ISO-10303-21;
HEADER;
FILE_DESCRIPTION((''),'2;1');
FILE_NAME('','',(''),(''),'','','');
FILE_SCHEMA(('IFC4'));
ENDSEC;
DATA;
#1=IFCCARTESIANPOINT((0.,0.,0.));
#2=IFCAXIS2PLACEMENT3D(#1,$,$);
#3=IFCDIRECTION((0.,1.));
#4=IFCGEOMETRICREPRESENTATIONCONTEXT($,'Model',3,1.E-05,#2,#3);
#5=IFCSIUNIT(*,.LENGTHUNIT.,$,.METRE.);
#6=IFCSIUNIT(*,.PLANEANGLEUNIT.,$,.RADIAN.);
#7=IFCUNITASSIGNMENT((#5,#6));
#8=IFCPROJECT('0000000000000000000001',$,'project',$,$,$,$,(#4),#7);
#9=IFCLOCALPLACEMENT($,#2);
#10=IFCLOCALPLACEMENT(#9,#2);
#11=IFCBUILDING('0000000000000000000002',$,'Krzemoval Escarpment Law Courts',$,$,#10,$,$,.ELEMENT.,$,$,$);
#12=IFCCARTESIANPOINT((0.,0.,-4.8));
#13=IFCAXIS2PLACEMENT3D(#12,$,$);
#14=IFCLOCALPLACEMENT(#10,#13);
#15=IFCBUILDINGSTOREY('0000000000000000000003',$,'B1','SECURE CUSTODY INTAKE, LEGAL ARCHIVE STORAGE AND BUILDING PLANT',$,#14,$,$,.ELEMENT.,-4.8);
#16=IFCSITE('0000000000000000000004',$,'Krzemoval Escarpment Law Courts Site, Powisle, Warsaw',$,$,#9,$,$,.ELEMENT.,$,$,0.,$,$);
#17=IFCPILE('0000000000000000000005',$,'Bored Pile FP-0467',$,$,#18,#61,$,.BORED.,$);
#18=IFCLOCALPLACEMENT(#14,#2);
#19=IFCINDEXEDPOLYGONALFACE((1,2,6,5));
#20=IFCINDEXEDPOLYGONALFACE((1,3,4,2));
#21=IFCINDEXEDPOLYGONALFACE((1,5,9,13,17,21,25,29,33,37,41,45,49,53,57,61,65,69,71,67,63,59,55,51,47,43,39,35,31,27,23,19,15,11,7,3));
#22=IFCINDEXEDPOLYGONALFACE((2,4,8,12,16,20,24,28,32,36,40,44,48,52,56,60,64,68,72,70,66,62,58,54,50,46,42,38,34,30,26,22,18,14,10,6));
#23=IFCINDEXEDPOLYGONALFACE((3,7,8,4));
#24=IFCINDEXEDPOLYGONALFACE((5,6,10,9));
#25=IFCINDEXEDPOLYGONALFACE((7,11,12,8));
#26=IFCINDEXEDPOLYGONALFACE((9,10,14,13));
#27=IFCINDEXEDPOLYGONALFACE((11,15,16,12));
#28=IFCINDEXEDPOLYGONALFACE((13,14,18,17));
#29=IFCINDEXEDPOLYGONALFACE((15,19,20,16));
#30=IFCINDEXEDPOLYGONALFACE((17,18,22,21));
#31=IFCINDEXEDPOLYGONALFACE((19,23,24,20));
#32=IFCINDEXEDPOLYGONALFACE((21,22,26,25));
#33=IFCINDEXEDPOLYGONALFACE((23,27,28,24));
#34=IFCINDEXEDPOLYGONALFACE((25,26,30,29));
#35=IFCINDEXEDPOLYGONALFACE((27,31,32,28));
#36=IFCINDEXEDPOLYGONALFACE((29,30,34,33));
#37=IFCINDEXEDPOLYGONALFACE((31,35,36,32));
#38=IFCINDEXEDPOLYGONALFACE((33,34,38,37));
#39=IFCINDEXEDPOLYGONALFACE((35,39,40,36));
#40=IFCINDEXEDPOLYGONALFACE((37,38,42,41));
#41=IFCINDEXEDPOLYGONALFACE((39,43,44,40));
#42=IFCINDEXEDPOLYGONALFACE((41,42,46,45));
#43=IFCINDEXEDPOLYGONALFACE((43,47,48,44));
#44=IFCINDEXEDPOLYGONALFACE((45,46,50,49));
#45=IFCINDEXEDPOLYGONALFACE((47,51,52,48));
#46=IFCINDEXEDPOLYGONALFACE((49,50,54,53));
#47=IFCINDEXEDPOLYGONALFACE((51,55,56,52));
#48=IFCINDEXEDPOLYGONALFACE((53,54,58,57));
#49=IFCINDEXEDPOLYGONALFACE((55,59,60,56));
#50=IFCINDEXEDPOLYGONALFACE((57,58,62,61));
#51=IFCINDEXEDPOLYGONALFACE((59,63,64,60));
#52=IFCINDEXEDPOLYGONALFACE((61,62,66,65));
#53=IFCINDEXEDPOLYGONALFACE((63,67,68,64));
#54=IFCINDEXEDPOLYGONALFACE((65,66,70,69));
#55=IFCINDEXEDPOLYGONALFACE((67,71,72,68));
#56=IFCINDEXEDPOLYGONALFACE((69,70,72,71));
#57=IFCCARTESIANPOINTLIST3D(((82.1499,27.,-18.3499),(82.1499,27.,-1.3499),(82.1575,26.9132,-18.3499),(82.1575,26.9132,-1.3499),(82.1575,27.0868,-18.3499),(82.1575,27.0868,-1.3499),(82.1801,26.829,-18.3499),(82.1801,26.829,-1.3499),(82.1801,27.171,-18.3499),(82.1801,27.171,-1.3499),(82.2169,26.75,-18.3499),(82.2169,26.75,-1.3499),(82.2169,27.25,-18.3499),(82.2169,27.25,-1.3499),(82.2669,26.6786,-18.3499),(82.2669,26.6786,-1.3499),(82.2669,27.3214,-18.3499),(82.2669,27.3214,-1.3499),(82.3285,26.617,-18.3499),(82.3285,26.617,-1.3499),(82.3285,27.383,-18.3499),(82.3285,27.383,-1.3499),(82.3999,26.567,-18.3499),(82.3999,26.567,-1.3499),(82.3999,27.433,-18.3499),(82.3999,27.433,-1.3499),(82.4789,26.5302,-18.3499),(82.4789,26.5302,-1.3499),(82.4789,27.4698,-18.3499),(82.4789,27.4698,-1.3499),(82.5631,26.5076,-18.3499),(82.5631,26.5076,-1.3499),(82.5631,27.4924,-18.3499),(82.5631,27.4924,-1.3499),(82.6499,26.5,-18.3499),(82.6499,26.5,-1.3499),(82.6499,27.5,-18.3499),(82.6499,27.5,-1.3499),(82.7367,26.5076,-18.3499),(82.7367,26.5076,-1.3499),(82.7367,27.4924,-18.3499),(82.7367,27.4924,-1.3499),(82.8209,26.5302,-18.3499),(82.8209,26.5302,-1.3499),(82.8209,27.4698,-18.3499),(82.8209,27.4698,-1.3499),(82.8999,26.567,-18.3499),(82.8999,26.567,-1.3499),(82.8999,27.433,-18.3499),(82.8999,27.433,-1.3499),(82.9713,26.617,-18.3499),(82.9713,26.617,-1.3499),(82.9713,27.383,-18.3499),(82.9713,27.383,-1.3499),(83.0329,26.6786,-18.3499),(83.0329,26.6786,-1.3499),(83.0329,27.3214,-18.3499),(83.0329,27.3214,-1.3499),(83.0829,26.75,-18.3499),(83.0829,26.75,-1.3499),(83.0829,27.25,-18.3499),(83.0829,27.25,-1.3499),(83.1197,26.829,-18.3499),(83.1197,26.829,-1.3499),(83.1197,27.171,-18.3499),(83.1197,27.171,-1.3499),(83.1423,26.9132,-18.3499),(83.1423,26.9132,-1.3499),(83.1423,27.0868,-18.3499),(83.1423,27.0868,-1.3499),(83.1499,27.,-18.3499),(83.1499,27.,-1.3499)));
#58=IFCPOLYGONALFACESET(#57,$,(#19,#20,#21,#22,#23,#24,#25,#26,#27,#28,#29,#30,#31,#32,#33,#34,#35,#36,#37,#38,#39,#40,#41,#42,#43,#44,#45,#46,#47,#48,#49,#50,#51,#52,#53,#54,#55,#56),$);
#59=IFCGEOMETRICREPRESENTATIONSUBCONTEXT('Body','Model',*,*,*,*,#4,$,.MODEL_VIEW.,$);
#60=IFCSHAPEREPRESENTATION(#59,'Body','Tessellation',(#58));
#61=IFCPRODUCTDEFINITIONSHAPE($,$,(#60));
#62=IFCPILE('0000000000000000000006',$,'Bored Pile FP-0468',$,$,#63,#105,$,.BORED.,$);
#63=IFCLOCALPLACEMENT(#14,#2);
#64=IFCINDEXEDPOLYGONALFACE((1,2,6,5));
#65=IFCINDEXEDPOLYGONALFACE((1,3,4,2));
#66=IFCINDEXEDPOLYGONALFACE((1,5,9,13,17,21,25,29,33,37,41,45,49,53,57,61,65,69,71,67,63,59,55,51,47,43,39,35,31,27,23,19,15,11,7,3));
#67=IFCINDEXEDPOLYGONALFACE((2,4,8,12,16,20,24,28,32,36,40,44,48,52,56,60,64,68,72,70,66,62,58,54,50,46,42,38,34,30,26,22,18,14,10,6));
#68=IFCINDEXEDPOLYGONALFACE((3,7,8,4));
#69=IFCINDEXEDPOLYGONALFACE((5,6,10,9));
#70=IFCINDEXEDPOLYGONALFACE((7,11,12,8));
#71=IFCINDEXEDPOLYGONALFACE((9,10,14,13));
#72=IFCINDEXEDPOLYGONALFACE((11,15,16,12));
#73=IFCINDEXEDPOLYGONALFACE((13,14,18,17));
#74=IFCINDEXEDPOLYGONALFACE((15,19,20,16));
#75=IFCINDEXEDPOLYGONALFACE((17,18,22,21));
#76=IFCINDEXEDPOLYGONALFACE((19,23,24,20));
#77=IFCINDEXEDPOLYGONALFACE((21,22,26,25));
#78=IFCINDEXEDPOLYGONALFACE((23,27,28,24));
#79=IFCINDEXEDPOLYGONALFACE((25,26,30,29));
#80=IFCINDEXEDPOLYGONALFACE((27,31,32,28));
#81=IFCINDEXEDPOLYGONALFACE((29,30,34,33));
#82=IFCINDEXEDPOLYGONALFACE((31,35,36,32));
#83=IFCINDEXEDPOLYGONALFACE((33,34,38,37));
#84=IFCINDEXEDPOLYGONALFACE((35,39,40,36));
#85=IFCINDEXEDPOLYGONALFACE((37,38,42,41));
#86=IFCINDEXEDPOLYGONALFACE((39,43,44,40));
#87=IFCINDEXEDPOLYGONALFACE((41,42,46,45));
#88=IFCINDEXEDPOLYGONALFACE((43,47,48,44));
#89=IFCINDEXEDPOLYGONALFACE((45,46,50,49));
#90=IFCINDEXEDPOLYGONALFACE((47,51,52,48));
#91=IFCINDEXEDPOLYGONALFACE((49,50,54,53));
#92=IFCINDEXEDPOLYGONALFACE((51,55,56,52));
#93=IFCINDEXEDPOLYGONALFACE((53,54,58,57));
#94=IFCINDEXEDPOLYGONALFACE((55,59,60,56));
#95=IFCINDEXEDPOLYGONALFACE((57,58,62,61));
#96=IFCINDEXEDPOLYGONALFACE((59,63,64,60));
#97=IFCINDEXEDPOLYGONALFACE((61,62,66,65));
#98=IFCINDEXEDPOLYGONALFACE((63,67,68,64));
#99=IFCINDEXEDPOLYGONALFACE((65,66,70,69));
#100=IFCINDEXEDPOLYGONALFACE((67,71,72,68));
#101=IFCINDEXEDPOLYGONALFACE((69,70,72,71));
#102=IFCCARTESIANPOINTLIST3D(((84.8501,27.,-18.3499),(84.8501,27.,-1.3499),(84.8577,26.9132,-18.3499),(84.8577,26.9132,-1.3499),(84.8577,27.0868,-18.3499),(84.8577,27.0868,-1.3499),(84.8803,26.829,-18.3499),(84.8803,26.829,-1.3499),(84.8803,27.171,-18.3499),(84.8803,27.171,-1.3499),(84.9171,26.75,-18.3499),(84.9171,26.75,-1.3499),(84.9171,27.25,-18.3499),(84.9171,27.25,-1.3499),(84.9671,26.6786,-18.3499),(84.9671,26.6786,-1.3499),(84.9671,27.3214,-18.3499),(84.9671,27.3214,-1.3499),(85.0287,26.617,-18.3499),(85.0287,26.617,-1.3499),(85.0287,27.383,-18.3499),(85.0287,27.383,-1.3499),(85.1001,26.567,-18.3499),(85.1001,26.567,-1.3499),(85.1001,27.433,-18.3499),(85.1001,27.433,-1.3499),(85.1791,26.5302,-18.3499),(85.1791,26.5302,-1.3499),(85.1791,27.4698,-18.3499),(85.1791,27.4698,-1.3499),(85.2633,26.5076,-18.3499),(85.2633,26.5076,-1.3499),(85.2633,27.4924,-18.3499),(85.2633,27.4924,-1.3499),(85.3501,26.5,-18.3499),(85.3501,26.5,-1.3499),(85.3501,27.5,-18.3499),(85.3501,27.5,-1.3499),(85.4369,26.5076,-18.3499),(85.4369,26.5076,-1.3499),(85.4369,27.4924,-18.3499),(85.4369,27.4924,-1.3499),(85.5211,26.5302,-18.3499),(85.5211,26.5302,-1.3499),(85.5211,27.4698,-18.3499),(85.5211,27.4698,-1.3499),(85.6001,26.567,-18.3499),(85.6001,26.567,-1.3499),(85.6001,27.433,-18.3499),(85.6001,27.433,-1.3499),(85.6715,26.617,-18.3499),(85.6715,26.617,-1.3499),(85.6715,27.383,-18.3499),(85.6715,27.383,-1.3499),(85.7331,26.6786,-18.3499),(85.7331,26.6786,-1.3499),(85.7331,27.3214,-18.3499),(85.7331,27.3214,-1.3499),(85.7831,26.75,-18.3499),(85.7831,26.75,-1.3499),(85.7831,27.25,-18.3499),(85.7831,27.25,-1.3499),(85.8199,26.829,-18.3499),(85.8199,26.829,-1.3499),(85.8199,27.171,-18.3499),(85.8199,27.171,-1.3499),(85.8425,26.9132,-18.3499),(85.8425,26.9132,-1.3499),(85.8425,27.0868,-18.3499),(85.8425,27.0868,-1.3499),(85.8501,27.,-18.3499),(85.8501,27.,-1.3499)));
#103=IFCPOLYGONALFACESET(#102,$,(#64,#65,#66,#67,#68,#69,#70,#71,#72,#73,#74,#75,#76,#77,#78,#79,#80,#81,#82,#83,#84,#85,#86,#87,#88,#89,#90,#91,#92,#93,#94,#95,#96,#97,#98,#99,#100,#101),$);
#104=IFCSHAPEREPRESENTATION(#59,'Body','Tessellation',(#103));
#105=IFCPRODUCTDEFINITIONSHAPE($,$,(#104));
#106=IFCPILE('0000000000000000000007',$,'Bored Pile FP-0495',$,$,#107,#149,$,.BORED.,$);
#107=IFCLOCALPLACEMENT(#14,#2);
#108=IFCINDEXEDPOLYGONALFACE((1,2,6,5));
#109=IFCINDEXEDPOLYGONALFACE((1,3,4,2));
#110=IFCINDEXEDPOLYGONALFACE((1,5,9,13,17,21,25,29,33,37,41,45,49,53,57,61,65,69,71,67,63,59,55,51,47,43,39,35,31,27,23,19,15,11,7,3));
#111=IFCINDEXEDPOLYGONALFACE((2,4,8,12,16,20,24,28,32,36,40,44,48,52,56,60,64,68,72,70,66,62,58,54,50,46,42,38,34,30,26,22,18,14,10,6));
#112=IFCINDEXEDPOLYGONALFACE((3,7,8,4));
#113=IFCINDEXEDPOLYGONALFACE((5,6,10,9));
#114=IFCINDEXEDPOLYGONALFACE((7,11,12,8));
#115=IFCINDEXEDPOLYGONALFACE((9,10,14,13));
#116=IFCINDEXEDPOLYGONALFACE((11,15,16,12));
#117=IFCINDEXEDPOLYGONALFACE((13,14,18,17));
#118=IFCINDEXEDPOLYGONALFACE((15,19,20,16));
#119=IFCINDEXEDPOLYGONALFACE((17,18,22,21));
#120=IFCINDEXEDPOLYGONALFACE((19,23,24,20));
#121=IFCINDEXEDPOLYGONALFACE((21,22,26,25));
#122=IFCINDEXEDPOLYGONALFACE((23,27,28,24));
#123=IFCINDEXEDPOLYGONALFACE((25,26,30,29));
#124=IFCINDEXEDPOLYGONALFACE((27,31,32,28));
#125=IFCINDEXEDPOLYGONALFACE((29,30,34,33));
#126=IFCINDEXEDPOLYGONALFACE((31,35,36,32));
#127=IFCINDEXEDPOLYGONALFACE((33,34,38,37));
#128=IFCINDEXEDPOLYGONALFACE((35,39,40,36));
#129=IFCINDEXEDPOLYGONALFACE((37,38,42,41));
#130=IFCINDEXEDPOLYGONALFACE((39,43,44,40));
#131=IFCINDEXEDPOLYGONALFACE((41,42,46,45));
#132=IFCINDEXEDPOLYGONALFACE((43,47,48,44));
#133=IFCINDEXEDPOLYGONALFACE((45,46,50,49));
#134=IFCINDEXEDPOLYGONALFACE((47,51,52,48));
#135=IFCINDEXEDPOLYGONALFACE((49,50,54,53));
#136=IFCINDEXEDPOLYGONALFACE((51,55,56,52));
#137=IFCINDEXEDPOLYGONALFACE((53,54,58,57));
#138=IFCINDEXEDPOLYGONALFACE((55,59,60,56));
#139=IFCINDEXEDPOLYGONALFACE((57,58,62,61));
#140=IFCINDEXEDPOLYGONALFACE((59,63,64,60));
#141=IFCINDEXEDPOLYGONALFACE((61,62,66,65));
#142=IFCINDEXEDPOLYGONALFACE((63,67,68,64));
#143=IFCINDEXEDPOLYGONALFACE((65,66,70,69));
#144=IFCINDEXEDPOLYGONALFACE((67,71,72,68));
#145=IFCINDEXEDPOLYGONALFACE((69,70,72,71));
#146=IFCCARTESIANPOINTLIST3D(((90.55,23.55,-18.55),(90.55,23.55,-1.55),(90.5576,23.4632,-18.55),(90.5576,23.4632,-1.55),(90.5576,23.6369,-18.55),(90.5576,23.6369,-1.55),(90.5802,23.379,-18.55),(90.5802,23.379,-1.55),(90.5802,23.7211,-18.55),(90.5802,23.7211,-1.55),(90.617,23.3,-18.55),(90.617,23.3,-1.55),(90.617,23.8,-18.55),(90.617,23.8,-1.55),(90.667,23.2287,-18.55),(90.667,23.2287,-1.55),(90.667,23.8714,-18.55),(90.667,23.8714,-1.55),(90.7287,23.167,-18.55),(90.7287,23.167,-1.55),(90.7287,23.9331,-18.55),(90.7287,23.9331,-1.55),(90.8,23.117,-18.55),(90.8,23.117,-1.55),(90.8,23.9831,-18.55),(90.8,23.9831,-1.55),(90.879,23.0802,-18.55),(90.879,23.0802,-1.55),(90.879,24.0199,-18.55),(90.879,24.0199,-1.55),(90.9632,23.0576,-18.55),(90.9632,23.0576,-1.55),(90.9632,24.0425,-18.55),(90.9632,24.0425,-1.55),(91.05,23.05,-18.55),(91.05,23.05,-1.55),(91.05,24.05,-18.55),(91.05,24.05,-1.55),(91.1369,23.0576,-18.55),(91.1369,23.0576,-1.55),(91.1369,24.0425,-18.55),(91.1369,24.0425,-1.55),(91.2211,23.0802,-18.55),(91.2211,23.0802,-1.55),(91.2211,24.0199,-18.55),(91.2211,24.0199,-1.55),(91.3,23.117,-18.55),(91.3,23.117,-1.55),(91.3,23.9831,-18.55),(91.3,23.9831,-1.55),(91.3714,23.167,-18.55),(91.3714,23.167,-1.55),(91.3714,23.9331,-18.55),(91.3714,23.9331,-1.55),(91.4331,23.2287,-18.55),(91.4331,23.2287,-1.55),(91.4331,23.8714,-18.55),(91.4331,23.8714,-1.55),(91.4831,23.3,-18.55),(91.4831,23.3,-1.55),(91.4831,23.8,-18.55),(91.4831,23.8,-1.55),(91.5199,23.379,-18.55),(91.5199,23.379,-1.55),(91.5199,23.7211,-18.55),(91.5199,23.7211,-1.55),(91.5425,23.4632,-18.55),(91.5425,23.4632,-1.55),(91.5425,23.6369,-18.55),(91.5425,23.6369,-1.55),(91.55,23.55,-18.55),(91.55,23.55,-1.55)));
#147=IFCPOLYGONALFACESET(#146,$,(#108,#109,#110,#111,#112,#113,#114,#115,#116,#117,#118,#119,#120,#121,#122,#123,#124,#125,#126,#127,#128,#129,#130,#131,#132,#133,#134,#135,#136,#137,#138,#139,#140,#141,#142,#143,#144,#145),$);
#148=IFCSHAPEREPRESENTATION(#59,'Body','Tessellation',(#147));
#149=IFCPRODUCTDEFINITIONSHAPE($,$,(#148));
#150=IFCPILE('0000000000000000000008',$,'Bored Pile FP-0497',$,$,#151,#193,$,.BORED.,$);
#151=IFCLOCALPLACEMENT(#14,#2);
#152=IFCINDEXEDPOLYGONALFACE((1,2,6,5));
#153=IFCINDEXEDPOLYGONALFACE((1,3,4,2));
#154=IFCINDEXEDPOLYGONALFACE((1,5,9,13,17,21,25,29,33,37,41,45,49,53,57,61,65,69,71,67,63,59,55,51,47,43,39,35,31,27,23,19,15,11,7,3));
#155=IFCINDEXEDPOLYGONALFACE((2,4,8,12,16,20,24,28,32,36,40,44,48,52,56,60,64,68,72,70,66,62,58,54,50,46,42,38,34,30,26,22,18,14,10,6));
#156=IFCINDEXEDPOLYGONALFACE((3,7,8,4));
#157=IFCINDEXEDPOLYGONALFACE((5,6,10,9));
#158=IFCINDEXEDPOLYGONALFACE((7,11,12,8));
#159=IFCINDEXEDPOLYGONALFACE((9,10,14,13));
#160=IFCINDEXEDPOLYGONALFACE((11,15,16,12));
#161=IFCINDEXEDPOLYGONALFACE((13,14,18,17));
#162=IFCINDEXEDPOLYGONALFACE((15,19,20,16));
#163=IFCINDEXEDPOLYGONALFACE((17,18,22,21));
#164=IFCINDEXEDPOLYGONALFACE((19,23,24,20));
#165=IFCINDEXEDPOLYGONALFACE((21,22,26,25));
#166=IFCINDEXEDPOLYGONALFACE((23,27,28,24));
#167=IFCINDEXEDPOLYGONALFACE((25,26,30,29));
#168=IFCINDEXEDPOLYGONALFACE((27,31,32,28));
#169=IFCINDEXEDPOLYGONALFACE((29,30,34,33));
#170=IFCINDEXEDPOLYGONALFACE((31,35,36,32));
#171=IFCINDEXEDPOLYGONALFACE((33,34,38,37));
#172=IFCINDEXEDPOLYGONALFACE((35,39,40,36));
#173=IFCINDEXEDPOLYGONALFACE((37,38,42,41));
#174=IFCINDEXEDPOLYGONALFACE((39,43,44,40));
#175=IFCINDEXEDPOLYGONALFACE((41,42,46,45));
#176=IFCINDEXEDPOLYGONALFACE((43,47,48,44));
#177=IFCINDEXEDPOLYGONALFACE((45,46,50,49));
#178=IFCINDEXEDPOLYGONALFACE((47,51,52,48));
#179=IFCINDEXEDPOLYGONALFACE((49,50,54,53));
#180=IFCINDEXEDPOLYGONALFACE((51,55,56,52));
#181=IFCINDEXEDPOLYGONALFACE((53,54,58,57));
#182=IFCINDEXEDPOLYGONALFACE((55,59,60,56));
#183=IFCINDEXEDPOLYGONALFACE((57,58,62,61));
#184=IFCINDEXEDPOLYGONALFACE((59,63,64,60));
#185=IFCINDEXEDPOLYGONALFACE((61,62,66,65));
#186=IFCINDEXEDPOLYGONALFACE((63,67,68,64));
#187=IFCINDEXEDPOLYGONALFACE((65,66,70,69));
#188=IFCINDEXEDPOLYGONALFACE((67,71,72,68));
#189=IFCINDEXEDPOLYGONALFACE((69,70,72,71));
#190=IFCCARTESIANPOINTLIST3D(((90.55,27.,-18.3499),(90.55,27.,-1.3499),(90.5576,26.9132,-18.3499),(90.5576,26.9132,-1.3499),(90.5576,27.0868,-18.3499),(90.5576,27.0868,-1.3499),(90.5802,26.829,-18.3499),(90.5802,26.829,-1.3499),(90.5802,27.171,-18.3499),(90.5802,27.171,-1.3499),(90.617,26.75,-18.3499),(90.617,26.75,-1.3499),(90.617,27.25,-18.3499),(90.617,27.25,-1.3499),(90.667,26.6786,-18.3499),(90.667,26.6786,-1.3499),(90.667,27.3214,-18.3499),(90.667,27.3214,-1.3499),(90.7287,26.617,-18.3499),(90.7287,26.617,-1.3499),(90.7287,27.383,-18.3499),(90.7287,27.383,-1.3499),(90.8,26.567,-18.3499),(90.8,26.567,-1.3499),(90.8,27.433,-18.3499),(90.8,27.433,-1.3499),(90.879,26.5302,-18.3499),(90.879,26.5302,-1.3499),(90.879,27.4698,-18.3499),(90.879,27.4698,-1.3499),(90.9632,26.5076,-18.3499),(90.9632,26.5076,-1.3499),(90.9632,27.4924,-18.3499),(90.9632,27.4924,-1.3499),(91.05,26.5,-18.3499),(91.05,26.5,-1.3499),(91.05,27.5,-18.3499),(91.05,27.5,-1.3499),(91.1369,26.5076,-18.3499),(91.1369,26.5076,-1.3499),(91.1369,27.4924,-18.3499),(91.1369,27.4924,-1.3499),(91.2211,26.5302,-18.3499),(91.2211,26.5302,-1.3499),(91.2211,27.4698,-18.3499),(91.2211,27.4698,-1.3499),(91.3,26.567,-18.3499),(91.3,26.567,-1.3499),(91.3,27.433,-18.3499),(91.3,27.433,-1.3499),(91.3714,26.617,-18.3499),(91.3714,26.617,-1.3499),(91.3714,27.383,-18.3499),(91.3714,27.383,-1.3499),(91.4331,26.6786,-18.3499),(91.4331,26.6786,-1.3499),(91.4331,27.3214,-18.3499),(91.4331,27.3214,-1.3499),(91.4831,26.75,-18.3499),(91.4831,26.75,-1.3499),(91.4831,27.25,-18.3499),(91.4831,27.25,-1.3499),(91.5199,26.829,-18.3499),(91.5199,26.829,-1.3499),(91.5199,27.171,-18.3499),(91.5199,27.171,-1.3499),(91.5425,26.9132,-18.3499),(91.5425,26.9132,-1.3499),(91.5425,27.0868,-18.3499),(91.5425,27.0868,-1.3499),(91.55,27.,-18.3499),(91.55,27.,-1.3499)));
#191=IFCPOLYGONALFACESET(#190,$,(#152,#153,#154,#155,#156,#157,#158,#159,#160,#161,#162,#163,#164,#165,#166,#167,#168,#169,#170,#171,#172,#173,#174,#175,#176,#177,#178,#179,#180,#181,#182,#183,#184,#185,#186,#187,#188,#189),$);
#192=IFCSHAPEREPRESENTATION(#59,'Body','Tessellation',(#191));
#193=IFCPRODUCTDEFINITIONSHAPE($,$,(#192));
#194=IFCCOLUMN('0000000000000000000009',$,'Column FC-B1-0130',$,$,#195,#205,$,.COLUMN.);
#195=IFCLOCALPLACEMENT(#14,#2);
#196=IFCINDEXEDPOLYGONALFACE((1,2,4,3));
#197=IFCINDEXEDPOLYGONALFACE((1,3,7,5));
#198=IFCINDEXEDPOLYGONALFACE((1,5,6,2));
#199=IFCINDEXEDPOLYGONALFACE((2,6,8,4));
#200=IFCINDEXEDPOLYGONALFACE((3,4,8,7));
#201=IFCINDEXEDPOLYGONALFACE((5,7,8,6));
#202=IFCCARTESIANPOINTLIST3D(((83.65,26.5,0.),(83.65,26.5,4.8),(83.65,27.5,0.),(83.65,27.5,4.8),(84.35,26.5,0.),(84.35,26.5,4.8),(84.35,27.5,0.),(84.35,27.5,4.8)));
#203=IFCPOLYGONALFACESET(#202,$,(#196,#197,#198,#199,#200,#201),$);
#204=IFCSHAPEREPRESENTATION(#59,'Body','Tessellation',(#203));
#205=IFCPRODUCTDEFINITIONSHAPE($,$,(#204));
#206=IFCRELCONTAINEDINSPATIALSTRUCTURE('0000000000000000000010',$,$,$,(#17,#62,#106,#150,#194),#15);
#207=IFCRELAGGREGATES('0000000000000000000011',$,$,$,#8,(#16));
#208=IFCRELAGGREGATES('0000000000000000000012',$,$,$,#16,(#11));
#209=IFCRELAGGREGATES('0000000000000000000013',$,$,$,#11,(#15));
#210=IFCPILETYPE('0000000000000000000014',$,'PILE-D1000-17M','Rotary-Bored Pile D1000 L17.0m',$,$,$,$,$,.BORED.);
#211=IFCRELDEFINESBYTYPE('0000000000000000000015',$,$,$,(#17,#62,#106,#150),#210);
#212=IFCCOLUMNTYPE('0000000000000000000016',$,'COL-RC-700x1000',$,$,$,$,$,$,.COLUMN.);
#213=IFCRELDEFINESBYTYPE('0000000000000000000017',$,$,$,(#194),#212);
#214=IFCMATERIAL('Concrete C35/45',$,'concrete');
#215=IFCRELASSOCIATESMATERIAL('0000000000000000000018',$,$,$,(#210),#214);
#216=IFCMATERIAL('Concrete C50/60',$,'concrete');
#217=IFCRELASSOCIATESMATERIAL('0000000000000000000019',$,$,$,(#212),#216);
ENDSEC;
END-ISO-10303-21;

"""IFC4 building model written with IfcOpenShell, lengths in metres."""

from ifc_helpers import new_model, si_unit, direction, frame, origin, origin_2d, place, context, subcontext, project, spatial, rectangle, circle, extrude, material, material_profile, profile_set, type_object, element, save


model = new_model("IFC4")

# Units and contexts
model_context = context("Model", 3, precision=1e-05, world=origin(), true_north=direction((0.0, 1.0)))
body_context = subcontext(model_context, "Body", "Model", "MODEL_VIEW")
ifc_project = project(units=[si_unit("LENGTHUNIT", "METRE"), si_unit("PLANEANGLEUNIT", "RADIAN")], contexts=[model_context])

# Site, building, storey
site_placement = place(None, origin())
site = spatial("IfcSite", under=ifc_project, at=site_placement, Name="Krzemoval Escarpment Law Courts Site, Powisle, Warsaw", CompositionType="ELEMENT", RefElevation=0.0)
building_placement = place(site_placement, origin())
building = spatial("IfcBuilding", under=site, at=building_placement, Name="Krzemoval Escarpment Law Courts", CompositionType="ELEMENT")
storey_placement = place(building_placement, frame((0.0, 0.0, -4.8)))
storey = spatial("IfcBuildingStorey", under=building, at=storey_placement, Name="B1", Description="SECURE CUSTODY INTAKE, LEGAL ARCHIVE STORAGE AND BUILDING PLANT", CompositionType="ELEMENT", Elevation=-4.8)

# Piles
ifc_material_1 = material(Name="Concrete C35/45", Category="concrete")
ifc_material_profile_1 = material_profile(ifc_material_1, circle(Radius=0.5, at=origin_2d()), Name="PILE D1000")
ifc_profile_set_1 = profile_set([ifc_material_profile_1], Name="Concrete C35/45")
pile_type = type_object("IfcPileType", Name="PILE-D1000-17M", Description="Rotary-Bored Pile D1000 L17.0m", PredefinedType="BORED", material=ifc_profile_set_1)
for number, where, z_axis, x_axis, name in (
    (1, (82.6499, 27.0, -1.3499), (0.0, 0.0, -1.0), (1.0, 0.0, 0.0), "Bored Pile FP-0467"),
    (2, (85.3501, 27.0, -1.3499), (0.0, 0.0, -1.0), (1.0, 0.0, 0.0), "Bored Pile FP-0468"),
    (3, (91.05, 23.55, -1.55), (0.0, 0.0, -1.0), (1.0, 0.0, 0.0), "Bored Pile FP-0495"),
    (4, (91.05, 27.0, -1.3499), (0.0, 0.0, -1.0), (1.0, 0.0, 0.0), "Bored Pile FP-0497"),
):
    element("IfcPile", number, at=place(storey_placement, frame(where, z_axis=z_axis, x_axis=x_axis)), inside=storey, type_object=pile_type, Name=name, PredefinedType="BORED", context=body_context, shape_type="SweptSolid", body=[
        extrude(circle(Radius=0.5, at=origin_2d()), origin(), (0.0, 0.0, 1.0), 17.0),
    ])

# Column
ifc_material_2 = material(Name="Concrete C50/60", Category="concrete")
ifc_material_profile_2 = material_profile(ifc_material_2, rectangle(XDim=0.7, YDim=1.0, at=origin_2d()), Name="RC 700x1000")
ifc_profile_set_2 = profile_set([ifc_material_profile_2], Name="Concrete C50/60")
column_type = type_object("IfcColumnType", Name="COL-RC-700x1000", PredefinedType="COLUMN", material=ifc_profile_set_2)
for number, where, z_axis, x_axis, name in (
    (5, (84.0, 27.0, 0.0), (0.0, 0.0, 1.0), (1.0, 0.0, 0.0), "Column FC-B1-0130"),
):
    element("IfcColumn", number, at=place(storey_placement, frame(where, z_axis=z_axis, x_axis=x_axis)), inside=storey, type_object=column_type, Name=name, PredefinedType="COLUMN", context=body_context, shape_type="SweptSolid", body=[
        extrude(rectangle(XDim=0.7, YDim=1.0, at=origin_2d()), origin(), (0.0, 0.0, 1.0), 4.8),
    ])

save(model, "model.ifc")
